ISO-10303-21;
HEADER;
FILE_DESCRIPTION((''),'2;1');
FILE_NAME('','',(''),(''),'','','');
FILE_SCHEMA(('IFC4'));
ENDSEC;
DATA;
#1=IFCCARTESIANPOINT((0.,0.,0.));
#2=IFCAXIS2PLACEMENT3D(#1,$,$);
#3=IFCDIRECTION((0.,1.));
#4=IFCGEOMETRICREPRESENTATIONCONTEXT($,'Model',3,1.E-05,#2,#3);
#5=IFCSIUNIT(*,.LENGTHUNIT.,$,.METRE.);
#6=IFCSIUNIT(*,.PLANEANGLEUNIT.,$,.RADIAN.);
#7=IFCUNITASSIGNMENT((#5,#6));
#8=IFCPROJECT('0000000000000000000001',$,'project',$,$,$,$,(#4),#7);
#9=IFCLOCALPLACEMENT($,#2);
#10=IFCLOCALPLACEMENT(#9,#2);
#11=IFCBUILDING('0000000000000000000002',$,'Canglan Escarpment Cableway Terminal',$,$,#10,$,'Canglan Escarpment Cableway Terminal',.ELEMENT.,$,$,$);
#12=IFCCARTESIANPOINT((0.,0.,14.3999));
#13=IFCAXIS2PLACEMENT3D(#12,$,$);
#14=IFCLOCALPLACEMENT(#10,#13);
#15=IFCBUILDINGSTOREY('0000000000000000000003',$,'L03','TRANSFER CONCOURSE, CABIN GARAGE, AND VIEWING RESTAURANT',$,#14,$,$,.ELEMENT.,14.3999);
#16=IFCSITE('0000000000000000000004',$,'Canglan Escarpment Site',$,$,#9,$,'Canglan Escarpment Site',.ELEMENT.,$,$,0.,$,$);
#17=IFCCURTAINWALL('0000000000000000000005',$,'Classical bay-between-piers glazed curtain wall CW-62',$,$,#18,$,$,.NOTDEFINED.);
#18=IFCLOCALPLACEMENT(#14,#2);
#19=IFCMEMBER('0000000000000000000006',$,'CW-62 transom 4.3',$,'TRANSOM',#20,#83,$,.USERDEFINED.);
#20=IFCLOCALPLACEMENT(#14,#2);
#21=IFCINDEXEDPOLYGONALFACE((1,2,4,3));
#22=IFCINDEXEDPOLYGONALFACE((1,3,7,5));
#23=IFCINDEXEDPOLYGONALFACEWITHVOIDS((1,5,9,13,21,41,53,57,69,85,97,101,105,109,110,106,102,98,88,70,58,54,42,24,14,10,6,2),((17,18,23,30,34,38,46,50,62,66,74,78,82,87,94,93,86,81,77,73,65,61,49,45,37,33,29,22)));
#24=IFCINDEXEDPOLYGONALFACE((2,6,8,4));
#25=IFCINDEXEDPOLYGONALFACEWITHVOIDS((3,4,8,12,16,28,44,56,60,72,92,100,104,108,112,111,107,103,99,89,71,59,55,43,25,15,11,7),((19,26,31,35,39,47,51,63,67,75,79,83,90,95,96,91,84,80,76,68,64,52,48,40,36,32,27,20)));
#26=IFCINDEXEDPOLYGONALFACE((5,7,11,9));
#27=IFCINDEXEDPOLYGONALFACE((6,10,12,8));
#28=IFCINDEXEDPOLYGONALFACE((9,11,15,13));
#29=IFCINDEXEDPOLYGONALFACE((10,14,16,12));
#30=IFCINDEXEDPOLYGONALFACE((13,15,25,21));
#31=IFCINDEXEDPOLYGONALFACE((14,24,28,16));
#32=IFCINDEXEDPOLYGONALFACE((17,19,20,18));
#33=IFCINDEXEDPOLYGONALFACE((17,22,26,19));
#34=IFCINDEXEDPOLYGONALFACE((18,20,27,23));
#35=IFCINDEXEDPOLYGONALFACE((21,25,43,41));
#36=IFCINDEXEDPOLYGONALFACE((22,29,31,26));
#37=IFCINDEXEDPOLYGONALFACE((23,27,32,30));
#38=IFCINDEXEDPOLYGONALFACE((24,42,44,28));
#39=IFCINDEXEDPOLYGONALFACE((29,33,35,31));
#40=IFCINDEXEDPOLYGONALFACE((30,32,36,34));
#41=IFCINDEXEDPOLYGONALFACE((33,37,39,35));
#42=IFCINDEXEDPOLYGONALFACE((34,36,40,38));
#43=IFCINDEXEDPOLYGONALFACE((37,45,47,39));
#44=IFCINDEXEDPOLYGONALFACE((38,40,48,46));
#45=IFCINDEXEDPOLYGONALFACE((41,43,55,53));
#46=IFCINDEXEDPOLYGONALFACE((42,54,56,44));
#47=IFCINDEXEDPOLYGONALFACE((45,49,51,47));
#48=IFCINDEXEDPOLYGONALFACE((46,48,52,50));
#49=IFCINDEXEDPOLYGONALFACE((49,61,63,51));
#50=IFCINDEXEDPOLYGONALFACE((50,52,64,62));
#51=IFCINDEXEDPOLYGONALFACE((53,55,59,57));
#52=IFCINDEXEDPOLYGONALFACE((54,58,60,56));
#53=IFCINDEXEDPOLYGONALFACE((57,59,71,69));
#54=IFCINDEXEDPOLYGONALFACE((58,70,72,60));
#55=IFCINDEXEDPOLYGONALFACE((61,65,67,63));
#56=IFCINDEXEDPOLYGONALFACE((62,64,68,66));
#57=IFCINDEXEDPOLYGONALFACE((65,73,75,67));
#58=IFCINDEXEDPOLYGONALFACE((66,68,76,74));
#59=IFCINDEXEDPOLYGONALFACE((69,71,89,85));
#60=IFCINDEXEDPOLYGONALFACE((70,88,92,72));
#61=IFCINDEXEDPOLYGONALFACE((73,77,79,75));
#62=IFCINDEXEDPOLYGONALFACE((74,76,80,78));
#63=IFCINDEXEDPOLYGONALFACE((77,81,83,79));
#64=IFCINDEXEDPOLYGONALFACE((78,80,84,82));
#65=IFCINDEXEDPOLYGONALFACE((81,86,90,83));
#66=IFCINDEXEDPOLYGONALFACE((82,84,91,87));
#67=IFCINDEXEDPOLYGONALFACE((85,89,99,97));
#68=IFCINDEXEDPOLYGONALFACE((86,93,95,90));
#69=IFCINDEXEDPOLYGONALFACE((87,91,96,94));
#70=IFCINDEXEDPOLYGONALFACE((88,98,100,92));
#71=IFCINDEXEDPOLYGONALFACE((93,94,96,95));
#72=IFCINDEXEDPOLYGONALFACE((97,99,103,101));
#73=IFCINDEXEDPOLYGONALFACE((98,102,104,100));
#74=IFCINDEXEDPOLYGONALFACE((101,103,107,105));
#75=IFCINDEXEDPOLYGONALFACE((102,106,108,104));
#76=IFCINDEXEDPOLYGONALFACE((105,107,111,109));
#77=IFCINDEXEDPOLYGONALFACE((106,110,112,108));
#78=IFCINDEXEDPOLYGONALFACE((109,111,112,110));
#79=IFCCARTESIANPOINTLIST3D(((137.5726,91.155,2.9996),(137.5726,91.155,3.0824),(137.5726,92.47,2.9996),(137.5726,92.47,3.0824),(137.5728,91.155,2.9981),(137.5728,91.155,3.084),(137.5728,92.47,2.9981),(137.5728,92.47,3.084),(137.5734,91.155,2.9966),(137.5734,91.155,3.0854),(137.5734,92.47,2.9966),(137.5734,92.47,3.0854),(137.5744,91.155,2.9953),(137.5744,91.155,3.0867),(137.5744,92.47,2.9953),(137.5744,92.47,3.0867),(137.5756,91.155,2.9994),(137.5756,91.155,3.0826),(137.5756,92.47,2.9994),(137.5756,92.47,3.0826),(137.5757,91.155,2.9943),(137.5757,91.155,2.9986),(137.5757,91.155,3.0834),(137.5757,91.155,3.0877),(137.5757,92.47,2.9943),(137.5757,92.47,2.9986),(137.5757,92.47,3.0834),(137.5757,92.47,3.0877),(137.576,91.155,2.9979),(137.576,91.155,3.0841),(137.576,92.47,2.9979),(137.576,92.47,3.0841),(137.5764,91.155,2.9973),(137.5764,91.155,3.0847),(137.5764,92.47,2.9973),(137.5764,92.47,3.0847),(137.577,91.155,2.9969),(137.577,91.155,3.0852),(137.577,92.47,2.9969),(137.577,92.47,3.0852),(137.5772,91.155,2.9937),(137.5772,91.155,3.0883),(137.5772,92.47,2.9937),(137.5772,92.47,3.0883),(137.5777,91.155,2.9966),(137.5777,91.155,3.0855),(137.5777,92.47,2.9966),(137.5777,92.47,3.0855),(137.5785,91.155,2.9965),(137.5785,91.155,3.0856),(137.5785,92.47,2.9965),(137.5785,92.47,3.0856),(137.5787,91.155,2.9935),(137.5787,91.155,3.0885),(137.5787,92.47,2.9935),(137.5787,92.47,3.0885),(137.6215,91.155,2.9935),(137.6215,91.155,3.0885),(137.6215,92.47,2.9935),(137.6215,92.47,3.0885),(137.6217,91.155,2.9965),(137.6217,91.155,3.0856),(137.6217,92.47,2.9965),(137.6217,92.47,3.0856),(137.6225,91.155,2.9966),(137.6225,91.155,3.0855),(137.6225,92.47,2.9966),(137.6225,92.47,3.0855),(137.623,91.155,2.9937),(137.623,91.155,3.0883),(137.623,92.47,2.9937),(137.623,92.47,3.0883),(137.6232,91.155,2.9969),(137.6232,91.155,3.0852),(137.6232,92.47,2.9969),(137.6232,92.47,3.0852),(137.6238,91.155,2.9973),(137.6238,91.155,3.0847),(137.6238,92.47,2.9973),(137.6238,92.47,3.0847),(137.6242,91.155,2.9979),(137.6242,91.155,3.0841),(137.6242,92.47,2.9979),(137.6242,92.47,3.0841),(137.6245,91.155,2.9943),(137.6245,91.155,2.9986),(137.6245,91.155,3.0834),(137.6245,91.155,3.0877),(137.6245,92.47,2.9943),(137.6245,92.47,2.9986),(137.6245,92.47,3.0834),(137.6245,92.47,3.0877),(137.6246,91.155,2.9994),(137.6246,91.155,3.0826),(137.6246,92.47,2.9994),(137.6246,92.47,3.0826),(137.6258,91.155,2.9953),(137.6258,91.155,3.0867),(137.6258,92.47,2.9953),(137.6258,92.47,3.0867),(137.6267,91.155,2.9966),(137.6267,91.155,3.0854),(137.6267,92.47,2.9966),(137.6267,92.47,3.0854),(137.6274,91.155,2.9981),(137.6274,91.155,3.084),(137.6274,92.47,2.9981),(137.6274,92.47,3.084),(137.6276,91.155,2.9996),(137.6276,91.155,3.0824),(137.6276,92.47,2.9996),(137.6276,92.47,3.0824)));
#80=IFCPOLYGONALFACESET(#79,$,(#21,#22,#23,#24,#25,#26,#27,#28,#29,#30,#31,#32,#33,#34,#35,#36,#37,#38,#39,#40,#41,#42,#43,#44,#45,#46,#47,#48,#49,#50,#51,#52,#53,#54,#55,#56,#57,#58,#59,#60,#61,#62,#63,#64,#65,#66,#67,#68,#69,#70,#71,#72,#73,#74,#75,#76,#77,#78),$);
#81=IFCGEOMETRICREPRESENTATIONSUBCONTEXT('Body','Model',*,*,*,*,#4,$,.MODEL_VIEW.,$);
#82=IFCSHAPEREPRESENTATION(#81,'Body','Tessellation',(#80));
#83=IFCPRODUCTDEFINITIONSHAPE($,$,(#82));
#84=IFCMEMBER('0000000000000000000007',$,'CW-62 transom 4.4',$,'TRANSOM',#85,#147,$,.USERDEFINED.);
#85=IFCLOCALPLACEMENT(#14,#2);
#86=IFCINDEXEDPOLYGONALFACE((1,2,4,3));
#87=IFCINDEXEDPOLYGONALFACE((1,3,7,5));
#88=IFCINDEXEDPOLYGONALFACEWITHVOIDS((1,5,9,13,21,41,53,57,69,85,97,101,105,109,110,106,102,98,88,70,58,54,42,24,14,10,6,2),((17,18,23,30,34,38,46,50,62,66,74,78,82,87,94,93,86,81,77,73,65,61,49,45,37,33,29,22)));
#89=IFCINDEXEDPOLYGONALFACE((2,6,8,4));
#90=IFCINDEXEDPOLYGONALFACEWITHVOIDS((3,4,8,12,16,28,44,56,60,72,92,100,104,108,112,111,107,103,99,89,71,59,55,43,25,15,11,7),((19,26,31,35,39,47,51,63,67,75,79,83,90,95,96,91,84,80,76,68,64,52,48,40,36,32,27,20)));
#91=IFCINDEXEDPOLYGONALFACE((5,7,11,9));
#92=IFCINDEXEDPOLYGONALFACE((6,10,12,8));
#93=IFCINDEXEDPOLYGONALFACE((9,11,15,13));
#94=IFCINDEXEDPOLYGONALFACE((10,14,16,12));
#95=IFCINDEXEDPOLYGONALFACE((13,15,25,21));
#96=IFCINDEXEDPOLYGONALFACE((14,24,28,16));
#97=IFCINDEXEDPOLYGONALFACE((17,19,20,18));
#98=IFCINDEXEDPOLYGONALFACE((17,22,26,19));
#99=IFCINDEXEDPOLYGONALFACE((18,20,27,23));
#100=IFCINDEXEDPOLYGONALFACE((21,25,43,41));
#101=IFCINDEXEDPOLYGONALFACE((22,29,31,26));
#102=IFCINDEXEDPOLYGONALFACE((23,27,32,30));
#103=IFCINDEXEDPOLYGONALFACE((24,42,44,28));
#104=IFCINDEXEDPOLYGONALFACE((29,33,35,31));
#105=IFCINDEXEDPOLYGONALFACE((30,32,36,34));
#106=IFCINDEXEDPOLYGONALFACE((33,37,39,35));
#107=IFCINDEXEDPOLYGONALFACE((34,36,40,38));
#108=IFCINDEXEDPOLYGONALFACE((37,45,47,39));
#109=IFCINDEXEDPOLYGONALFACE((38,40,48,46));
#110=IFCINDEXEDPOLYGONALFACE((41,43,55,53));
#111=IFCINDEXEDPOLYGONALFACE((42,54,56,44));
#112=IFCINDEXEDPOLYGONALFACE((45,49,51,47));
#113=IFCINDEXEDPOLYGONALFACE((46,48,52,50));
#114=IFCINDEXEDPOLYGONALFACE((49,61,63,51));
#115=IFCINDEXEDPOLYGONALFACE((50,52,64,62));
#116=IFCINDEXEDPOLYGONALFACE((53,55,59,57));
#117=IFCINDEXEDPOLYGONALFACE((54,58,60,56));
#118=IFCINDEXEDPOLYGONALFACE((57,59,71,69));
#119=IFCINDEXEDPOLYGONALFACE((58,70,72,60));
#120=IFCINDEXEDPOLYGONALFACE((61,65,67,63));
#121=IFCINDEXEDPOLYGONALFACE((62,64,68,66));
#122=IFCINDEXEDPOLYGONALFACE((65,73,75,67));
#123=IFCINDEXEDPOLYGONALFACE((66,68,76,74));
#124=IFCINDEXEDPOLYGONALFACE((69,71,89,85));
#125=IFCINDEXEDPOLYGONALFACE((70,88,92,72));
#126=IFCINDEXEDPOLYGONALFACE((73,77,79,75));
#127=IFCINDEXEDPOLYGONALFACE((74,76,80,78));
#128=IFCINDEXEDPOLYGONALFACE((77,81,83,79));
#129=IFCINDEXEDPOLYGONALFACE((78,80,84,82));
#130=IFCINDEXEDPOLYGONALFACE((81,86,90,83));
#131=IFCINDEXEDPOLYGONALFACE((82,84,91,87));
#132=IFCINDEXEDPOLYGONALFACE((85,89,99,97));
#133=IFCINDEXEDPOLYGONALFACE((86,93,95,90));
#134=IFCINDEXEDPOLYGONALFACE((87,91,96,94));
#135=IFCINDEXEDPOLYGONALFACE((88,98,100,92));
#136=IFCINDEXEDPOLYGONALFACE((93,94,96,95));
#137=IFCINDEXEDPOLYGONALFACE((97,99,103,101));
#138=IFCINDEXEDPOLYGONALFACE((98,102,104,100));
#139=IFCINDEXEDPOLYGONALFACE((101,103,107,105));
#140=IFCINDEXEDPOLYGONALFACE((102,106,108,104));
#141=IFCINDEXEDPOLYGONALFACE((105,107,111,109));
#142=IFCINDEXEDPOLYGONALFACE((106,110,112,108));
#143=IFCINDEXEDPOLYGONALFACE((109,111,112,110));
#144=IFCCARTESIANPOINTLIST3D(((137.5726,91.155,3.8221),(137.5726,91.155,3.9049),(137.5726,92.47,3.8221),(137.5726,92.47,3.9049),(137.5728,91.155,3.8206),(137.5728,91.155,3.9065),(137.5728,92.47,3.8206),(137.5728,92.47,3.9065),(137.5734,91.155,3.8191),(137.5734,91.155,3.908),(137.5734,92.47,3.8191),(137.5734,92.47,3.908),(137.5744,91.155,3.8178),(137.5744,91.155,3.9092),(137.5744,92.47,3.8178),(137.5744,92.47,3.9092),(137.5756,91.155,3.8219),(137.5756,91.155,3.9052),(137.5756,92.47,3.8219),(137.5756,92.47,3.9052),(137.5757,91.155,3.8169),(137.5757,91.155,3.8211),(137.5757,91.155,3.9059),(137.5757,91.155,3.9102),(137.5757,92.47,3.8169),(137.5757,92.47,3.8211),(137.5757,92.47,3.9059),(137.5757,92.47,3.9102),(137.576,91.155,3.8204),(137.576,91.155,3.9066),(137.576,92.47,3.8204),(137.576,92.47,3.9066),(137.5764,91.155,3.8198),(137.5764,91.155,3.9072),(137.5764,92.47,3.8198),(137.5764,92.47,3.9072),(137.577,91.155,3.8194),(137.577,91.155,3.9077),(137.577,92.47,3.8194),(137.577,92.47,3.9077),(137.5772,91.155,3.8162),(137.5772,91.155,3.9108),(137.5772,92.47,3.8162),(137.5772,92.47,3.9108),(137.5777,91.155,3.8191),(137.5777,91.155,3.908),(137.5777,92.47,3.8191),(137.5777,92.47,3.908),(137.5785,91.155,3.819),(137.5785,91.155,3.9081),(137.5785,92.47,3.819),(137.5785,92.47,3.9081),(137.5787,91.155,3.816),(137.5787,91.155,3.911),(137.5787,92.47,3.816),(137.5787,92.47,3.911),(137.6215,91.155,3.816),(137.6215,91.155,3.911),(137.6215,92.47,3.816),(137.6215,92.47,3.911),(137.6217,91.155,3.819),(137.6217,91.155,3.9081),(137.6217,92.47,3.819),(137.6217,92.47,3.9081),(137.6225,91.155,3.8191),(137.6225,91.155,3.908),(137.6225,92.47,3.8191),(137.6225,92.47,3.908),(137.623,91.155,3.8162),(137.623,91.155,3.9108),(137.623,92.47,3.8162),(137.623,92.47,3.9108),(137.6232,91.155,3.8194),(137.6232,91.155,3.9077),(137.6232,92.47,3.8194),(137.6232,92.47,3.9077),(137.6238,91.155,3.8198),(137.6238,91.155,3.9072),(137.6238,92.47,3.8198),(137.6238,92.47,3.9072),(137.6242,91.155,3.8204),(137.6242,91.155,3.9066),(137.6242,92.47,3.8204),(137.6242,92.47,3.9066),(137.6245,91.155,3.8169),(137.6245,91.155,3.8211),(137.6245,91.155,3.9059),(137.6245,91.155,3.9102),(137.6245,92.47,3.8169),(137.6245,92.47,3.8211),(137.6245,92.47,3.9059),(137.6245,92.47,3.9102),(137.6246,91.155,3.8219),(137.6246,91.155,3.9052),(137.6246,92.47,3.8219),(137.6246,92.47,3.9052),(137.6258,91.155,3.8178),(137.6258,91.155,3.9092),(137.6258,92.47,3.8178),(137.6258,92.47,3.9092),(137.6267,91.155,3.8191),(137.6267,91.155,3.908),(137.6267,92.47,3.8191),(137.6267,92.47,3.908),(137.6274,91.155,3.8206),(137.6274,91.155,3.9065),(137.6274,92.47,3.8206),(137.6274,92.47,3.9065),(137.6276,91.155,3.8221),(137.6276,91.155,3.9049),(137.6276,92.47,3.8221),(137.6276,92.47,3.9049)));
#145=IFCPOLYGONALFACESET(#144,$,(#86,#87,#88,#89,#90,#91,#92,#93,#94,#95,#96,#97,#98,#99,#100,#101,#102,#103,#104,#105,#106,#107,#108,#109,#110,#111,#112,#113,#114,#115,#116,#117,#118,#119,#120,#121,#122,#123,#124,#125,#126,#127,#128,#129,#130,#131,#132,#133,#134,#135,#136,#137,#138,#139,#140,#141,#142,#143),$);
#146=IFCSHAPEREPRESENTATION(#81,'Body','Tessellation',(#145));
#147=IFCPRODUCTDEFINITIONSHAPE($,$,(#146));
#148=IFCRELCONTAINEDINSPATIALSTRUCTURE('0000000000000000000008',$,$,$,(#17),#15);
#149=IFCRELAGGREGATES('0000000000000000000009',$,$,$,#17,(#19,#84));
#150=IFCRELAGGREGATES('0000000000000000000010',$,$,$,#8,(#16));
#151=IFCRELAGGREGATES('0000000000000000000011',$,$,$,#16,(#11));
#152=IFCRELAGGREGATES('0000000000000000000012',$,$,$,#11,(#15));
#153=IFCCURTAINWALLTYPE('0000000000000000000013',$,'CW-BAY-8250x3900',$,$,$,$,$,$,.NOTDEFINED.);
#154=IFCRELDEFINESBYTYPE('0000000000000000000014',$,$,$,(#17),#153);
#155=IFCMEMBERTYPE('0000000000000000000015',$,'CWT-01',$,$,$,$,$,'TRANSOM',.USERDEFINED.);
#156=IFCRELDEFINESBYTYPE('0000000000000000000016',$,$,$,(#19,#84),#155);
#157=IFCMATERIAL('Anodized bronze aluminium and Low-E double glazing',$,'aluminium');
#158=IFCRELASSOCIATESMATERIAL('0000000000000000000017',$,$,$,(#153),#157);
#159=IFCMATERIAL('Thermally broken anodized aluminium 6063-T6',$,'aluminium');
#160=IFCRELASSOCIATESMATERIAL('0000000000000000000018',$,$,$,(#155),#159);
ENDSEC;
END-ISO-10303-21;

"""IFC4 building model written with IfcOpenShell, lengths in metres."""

from ifc_helpers import new_model, si_unit, direction, frame, origin, origin_2d, place, context, subcontext, project, spatial, hollow_rectangle, extrude, material, material_profile, profile_set, type_object, element, aggregate, save


model = new_model("IFC4")

# Units and contexts
model_context = context("Model", 3, precision=1e-05, world=origin(), true_north=direction((0.0, 1.0)))
body_context = subcontext(model_context, "Body", "Model", "MODEL_VIEW")
ifc_project = project(units=[si_unit("LENGTHUNIT", "METRE"), si_unit("PLANEANGLEUNIT", "RADIAN")], contexts=[model_context])

# Site, building, storey
site_placement = place(None, origin())
site = spatial("IfcSite", under=ifc_project, at=site_placement, Name="Canglan Escarpment Site", LongName="Canglan Escarpment Site", CompositionType="ELEMENT", RefElevation=0.0)
building_placement = place(site_placement, origin())
building = spatial("IfcBuilding", under=site, at=building_placement, Name="Canglan Escarpment Cableway Terminal", LongName="Canglan Escarpment Cableway Terminal", CompositionType="ELEMENT")
storey_placement = place(building_placement, frame((0.0, 0.0, 14.3999)))
storey = spatial("IfcBuildingStorey", under=building, at=storey_placement, Name="L03", Description="TRANSFER CONCOURSE, CABIN GARAGE, AND VIEWING RESTAURANT", CompositionType="ELEMENT", Elevation=14.3999)

# Curtain wall, members
ifc_material_1 = material(Name="Anodized bronze aluminium and Low-E double glazing", Category="aluminium")
curtain_wall_type = type_object("IfcCurtainWallType", Name="CW-BAY-8250x3900", PredefinedType="NOTDEFINED", material=ifc_material_1)
curtain_wall_placement = place(storey_placement, origin())
curtain_wall = element("IfcCurtainWall", 1, at=curtain_wall_placement, inside=storey, type_object=curtain_wall_type, Name="Classical bay-between-piers glazed curtain wall CW-62", PredefinedType="NOTDEFINED")
ifc_material_2 = material(Name="Thermally broken anodized aluminium 6063-T6", Category="aluminium")
ifc_material_profile_1 = material_profile(ifc_material_2, hollow_rectangle(XDim=0.0549, YDim=0.095, WallThickness=0.0029, InnerFilletRadius=0.0029, OuterFilletRadius=0.0061, at=origin_2d()), Name="ALU-TRAN 55x95x3")
ifc_profile_set_1 = profile_set([ifc_material_profile_1], Name="Thermally broken anodized aluminium 6063-T6")
member_type_1 = type_object("IfcMemberType", Name="CWT-01", ElementType="TRANSOM", PredefinedType="USERDEFINED", material=ifc_profile_set_1)
member_1_placement = place(storey_placement, frame((137.6001, 92.47, 3.041), z_axis=(0.0, -1.0, 0.0), x_axis=(1.0, 0.0, 0.0)))
member_1 = element("IfcMember", 2, at=member_1_placement, type_object=member_type_1, Name="CW-62 transom 4.3", ObjectType="TRANSOM", PredefinedType="USERDEFINED", context=body_context, shape_type="SweptSolid", body=[
    extrude(hollow_rectangle(XDim=0.0549, YDim=0.095, WallThickness=0.0029, InnerFilletRadius=0.0029, OuterFilletRadius=0.0061, at=origin_2d()), origin(), (0.0, 0.0, 1.0), 1.3149),
])
member_2_placement = place(storey_placement, frame((137.6001, 92.47, 3.8635), z_axis=(0.0, -1.0, 0.0), x_axis=(1.0, 0.0, 0.0)))
member_2 = element("IfcMember", 3, at=member_2_placement, type_object=member_type_1, Name="CW-62 transom 4.4", ObjectType="TRANSOM", PredefinedType="USERDEFINED", context=body_context, shape_type="SweptSolid", body=[
    extrude(hollow_rectangle(XDim=0.0549, YDim=0.095, WallThickness=0.0029, InnerFilletRadius=0.0029, OuterFilletRadius=0.0061, at=origin_2d()), origin(), (0.0, 0.0, 1.0), 1.3149),
])
aggregate(curtain_wall, [member_1, member_2])

save(model, "model.ifc")
